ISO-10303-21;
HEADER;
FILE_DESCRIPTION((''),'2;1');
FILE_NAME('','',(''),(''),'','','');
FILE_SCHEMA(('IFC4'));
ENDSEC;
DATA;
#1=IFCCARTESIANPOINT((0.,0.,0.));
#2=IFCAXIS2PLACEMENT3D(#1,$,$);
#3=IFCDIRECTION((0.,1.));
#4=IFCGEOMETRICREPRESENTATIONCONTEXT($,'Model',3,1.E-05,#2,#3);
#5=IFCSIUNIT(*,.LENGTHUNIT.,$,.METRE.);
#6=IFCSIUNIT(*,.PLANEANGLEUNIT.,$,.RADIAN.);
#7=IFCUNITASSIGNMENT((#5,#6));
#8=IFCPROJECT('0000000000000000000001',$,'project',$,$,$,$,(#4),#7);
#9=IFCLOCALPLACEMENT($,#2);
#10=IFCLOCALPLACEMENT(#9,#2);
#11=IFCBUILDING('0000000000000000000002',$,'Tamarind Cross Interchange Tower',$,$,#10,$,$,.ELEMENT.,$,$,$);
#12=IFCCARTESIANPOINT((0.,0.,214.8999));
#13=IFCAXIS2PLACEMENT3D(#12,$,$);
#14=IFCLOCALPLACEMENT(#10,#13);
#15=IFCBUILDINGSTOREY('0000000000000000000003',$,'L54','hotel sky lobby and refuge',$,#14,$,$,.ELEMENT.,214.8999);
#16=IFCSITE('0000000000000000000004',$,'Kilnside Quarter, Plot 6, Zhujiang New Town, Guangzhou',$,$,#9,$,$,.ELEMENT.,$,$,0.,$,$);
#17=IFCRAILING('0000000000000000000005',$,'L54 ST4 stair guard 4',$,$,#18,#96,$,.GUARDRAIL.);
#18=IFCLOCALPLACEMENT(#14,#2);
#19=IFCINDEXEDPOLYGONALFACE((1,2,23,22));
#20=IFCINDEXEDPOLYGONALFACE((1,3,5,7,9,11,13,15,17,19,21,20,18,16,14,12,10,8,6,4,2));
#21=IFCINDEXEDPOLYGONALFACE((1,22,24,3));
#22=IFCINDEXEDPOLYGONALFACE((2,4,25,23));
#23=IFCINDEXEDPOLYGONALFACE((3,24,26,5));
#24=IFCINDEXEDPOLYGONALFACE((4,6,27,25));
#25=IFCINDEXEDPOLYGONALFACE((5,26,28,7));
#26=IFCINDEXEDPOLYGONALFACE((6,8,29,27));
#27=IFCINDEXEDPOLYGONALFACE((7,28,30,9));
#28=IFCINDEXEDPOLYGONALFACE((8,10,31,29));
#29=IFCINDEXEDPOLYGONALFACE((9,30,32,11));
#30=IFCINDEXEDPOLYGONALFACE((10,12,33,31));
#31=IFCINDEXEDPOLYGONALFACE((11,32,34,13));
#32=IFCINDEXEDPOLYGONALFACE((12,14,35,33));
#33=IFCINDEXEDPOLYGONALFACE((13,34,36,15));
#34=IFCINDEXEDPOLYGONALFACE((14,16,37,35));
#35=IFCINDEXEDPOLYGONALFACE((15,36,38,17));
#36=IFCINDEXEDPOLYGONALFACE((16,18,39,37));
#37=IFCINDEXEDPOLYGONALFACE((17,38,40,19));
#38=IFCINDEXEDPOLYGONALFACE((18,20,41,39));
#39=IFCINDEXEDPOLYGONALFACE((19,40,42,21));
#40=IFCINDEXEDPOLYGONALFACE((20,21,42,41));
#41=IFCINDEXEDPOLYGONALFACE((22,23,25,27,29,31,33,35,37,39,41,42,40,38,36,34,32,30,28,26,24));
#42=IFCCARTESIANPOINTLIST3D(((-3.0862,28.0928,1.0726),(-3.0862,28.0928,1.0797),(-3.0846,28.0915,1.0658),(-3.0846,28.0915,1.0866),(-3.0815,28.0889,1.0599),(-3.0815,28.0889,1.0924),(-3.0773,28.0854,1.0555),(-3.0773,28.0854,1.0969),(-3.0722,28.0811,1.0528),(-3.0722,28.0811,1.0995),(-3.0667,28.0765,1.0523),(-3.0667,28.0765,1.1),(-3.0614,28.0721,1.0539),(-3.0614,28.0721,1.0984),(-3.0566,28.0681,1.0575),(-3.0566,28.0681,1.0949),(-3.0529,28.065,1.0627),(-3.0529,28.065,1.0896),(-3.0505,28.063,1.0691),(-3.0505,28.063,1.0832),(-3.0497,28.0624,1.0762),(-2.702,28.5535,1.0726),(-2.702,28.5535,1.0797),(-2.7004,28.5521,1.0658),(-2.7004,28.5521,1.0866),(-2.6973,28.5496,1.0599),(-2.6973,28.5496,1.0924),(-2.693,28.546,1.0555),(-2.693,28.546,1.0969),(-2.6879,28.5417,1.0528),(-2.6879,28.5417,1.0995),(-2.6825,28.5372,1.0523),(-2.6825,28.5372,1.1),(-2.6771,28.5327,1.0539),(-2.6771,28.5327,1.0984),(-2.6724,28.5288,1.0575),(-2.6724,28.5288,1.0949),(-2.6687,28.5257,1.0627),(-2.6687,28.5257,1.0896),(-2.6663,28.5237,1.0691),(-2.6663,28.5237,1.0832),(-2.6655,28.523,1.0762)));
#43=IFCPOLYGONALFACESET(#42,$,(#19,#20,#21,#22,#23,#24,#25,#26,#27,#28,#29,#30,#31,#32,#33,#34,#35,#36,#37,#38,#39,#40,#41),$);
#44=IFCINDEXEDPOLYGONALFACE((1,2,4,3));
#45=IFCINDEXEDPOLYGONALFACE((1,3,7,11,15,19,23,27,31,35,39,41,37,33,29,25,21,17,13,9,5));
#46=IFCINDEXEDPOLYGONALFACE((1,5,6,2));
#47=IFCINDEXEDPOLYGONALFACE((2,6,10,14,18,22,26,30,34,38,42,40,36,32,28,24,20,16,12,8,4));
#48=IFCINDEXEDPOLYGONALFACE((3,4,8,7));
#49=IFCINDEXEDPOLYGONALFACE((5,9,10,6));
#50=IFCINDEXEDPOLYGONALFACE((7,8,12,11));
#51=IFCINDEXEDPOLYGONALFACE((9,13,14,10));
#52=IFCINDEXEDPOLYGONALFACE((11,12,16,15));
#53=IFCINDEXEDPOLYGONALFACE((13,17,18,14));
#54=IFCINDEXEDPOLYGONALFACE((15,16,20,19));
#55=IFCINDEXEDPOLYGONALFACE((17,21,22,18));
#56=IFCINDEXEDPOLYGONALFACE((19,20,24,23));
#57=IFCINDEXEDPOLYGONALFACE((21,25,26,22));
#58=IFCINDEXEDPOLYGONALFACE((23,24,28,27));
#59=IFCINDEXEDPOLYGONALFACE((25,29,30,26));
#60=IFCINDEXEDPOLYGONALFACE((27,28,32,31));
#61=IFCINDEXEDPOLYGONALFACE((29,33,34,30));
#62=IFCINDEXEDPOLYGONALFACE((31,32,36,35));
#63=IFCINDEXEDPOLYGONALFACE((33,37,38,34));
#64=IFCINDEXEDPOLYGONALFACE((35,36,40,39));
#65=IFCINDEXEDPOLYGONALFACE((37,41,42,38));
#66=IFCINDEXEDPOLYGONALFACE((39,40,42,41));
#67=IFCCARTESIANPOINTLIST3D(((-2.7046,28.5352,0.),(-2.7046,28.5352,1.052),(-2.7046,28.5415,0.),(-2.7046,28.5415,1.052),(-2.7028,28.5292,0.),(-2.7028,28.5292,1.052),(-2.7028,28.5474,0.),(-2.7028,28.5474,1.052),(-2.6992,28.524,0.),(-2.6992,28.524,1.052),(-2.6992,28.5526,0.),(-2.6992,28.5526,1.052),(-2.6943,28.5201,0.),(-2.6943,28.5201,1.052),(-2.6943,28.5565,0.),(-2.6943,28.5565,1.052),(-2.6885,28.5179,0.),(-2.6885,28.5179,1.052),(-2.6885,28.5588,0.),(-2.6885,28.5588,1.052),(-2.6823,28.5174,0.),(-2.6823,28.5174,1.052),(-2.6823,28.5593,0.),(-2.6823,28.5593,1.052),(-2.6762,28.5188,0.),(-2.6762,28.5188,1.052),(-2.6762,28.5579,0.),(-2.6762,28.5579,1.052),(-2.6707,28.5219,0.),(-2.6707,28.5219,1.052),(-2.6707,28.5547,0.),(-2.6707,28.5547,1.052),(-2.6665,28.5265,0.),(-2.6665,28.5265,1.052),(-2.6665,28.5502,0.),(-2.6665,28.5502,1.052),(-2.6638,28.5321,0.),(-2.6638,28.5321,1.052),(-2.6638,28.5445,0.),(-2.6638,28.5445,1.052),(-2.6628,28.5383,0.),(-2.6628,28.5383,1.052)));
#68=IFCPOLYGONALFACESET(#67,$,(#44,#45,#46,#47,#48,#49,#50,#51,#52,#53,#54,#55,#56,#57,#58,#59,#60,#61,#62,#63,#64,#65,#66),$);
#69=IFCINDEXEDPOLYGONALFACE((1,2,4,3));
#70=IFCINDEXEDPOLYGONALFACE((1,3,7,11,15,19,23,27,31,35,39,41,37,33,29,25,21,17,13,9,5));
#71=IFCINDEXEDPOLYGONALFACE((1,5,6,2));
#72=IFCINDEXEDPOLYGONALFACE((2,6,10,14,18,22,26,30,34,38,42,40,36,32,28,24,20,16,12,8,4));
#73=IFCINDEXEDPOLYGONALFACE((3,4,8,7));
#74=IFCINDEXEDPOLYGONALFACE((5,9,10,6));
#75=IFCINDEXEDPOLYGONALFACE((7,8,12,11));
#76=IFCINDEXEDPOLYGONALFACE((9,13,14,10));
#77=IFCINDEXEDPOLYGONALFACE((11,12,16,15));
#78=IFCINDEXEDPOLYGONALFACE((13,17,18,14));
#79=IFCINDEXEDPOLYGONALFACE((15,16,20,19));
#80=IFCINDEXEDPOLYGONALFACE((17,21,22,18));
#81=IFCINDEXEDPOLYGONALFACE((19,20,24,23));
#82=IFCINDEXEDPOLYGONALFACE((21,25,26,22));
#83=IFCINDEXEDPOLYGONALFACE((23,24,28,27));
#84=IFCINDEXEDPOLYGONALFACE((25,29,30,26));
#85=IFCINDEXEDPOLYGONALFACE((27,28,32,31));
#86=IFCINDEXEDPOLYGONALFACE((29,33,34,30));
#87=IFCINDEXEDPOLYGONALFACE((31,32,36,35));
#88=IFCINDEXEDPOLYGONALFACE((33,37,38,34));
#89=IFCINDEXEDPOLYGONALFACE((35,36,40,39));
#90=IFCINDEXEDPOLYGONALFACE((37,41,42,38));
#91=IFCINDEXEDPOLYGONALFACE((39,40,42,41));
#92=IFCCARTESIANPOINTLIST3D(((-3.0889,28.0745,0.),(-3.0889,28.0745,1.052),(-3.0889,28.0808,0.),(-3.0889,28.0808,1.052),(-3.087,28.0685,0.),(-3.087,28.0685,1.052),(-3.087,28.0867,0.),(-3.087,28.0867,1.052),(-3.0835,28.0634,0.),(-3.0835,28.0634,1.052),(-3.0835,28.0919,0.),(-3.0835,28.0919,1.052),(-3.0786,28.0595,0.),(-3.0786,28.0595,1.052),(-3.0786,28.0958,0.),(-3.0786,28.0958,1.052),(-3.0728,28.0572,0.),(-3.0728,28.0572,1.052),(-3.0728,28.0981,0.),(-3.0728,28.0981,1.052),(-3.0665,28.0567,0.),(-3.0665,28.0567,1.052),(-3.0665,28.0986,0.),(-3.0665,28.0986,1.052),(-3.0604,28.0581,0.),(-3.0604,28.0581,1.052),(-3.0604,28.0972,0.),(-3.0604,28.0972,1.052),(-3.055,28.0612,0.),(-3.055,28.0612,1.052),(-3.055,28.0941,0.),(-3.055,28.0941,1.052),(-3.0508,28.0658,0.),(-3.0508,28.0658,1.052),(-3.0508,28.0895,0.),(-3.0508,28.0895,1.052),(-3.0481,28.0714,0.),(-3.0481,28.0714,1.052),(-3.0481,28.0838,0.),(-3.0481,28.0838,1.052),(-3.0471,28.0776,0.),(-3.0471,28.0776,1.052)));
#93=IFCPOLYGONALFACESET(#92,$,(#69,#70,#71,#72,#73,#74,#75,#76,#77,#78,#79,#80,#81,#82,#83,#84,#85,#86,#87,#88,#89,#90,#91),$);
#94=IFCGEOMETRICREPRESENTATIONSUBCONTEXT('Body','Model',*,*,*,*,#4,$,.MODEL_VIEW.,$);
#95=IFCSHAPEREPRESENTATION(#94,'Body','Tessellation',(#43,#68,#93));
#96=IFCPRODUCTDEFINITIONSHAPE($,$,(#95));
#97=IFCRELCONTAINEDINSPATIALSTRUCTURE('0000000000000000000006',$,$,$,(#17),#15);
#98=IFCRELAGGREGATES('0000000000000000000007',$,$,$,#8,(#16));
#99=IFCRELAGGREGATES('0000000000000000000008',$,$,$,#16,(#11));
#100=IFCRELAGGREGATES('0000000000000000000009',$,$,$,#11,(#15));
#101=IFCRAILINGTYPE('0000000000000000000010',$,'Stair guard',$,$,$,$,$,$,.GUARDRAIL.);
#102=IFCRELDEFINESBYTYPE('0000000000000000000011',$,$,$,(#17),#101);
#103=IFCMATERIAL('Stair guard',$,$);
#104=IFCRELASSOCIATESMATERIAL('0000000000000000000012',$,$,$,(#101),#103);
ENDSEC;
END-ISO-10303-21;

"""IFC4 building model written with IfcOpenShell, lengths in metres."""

from ifc_helpers import new_model, si_unit, direction, frame, origin, origin_2d, place, context, subcontext, project, spatial, circle, extrude, material, type_object, element, save


model = new_model("IFC4")

# Units and contexts
model_context = context("Model", 3, precision=1e-05, world=origin(), true_north=direction((0.0, 1.0)))
body_context = subcontext(model_context, "Body", "Model", "MODEL_VIEW")
ifc_project = project(units=[si_unit("LENGTHUNIT", "METRE"), si_unit("PLANEANGLEUNIT", "RADIAN")], contexts=[model_context])

# Site, building, storey
site_placement = place(None, origin())
site = spatial("IfcSite", under=ifc_project, at=site_placement, Name="Kilnside Quarter, Plot 6, Zhujiang New Town, Guangzhou", CompositionType="ELEMENT", RefElevation=0.0)
building_placement = place(site_placement, origin())
building = spatial("IfcBuilding", under=site, at=building_placement, Name="Tamarind Cross Interchange Tower", CompositionType="ELEMENT")
storey_placement = place(building_placement, frame((0.0, 0.0, 214.8999)))
storey = spatial("IfcBuildingStorey", under=building, at=storey_placement, Name="L54", Description="hotel sky lobby and refuge", CompositionType="ELEMENT", Elevation=214.8999)

# Railing
ifc_material_1 = material(Name="Stair guard")
railing_type_1 = type_object("IfcRailingType", Name="Stair guard", PredefinedType="GUARDRAIL", material=ifc_material_1)
railing_1_placement = place(storey_placement, frame((-2.6838, 28.5383, 0.0)))
element("IfcRailing", 1, at=railing_1_placement, inside=storey, type_object=railing_type_1, Name="L54 ST4 stair guard 4", PredefinedType="GUARDRAIL", context=body_context, shape_type="SweptSolid", body=[
    extrude(circle(Radius=0.0239, at=origin_2d()), frame((0.0, 0.0, 1.0762), z_axis=(-0.640545, -0.767921, 0.0), x_axis=(0.767921, -0.640545, 0.0)), (0.0, 0.0, 1.0), 0.5999),
    extrude(circle(Radius=0.021, at=origin_2d()), origin(), (0.0, 0.0, 1.0), 1.052),
    extrude(circle(Radius=0.021, at=origin_2d()), frame((-0.3843, -0.4607, 0.0)), (0.0, 0.0, 1.0), 1.052),
])

save(model, "model.ifc")
